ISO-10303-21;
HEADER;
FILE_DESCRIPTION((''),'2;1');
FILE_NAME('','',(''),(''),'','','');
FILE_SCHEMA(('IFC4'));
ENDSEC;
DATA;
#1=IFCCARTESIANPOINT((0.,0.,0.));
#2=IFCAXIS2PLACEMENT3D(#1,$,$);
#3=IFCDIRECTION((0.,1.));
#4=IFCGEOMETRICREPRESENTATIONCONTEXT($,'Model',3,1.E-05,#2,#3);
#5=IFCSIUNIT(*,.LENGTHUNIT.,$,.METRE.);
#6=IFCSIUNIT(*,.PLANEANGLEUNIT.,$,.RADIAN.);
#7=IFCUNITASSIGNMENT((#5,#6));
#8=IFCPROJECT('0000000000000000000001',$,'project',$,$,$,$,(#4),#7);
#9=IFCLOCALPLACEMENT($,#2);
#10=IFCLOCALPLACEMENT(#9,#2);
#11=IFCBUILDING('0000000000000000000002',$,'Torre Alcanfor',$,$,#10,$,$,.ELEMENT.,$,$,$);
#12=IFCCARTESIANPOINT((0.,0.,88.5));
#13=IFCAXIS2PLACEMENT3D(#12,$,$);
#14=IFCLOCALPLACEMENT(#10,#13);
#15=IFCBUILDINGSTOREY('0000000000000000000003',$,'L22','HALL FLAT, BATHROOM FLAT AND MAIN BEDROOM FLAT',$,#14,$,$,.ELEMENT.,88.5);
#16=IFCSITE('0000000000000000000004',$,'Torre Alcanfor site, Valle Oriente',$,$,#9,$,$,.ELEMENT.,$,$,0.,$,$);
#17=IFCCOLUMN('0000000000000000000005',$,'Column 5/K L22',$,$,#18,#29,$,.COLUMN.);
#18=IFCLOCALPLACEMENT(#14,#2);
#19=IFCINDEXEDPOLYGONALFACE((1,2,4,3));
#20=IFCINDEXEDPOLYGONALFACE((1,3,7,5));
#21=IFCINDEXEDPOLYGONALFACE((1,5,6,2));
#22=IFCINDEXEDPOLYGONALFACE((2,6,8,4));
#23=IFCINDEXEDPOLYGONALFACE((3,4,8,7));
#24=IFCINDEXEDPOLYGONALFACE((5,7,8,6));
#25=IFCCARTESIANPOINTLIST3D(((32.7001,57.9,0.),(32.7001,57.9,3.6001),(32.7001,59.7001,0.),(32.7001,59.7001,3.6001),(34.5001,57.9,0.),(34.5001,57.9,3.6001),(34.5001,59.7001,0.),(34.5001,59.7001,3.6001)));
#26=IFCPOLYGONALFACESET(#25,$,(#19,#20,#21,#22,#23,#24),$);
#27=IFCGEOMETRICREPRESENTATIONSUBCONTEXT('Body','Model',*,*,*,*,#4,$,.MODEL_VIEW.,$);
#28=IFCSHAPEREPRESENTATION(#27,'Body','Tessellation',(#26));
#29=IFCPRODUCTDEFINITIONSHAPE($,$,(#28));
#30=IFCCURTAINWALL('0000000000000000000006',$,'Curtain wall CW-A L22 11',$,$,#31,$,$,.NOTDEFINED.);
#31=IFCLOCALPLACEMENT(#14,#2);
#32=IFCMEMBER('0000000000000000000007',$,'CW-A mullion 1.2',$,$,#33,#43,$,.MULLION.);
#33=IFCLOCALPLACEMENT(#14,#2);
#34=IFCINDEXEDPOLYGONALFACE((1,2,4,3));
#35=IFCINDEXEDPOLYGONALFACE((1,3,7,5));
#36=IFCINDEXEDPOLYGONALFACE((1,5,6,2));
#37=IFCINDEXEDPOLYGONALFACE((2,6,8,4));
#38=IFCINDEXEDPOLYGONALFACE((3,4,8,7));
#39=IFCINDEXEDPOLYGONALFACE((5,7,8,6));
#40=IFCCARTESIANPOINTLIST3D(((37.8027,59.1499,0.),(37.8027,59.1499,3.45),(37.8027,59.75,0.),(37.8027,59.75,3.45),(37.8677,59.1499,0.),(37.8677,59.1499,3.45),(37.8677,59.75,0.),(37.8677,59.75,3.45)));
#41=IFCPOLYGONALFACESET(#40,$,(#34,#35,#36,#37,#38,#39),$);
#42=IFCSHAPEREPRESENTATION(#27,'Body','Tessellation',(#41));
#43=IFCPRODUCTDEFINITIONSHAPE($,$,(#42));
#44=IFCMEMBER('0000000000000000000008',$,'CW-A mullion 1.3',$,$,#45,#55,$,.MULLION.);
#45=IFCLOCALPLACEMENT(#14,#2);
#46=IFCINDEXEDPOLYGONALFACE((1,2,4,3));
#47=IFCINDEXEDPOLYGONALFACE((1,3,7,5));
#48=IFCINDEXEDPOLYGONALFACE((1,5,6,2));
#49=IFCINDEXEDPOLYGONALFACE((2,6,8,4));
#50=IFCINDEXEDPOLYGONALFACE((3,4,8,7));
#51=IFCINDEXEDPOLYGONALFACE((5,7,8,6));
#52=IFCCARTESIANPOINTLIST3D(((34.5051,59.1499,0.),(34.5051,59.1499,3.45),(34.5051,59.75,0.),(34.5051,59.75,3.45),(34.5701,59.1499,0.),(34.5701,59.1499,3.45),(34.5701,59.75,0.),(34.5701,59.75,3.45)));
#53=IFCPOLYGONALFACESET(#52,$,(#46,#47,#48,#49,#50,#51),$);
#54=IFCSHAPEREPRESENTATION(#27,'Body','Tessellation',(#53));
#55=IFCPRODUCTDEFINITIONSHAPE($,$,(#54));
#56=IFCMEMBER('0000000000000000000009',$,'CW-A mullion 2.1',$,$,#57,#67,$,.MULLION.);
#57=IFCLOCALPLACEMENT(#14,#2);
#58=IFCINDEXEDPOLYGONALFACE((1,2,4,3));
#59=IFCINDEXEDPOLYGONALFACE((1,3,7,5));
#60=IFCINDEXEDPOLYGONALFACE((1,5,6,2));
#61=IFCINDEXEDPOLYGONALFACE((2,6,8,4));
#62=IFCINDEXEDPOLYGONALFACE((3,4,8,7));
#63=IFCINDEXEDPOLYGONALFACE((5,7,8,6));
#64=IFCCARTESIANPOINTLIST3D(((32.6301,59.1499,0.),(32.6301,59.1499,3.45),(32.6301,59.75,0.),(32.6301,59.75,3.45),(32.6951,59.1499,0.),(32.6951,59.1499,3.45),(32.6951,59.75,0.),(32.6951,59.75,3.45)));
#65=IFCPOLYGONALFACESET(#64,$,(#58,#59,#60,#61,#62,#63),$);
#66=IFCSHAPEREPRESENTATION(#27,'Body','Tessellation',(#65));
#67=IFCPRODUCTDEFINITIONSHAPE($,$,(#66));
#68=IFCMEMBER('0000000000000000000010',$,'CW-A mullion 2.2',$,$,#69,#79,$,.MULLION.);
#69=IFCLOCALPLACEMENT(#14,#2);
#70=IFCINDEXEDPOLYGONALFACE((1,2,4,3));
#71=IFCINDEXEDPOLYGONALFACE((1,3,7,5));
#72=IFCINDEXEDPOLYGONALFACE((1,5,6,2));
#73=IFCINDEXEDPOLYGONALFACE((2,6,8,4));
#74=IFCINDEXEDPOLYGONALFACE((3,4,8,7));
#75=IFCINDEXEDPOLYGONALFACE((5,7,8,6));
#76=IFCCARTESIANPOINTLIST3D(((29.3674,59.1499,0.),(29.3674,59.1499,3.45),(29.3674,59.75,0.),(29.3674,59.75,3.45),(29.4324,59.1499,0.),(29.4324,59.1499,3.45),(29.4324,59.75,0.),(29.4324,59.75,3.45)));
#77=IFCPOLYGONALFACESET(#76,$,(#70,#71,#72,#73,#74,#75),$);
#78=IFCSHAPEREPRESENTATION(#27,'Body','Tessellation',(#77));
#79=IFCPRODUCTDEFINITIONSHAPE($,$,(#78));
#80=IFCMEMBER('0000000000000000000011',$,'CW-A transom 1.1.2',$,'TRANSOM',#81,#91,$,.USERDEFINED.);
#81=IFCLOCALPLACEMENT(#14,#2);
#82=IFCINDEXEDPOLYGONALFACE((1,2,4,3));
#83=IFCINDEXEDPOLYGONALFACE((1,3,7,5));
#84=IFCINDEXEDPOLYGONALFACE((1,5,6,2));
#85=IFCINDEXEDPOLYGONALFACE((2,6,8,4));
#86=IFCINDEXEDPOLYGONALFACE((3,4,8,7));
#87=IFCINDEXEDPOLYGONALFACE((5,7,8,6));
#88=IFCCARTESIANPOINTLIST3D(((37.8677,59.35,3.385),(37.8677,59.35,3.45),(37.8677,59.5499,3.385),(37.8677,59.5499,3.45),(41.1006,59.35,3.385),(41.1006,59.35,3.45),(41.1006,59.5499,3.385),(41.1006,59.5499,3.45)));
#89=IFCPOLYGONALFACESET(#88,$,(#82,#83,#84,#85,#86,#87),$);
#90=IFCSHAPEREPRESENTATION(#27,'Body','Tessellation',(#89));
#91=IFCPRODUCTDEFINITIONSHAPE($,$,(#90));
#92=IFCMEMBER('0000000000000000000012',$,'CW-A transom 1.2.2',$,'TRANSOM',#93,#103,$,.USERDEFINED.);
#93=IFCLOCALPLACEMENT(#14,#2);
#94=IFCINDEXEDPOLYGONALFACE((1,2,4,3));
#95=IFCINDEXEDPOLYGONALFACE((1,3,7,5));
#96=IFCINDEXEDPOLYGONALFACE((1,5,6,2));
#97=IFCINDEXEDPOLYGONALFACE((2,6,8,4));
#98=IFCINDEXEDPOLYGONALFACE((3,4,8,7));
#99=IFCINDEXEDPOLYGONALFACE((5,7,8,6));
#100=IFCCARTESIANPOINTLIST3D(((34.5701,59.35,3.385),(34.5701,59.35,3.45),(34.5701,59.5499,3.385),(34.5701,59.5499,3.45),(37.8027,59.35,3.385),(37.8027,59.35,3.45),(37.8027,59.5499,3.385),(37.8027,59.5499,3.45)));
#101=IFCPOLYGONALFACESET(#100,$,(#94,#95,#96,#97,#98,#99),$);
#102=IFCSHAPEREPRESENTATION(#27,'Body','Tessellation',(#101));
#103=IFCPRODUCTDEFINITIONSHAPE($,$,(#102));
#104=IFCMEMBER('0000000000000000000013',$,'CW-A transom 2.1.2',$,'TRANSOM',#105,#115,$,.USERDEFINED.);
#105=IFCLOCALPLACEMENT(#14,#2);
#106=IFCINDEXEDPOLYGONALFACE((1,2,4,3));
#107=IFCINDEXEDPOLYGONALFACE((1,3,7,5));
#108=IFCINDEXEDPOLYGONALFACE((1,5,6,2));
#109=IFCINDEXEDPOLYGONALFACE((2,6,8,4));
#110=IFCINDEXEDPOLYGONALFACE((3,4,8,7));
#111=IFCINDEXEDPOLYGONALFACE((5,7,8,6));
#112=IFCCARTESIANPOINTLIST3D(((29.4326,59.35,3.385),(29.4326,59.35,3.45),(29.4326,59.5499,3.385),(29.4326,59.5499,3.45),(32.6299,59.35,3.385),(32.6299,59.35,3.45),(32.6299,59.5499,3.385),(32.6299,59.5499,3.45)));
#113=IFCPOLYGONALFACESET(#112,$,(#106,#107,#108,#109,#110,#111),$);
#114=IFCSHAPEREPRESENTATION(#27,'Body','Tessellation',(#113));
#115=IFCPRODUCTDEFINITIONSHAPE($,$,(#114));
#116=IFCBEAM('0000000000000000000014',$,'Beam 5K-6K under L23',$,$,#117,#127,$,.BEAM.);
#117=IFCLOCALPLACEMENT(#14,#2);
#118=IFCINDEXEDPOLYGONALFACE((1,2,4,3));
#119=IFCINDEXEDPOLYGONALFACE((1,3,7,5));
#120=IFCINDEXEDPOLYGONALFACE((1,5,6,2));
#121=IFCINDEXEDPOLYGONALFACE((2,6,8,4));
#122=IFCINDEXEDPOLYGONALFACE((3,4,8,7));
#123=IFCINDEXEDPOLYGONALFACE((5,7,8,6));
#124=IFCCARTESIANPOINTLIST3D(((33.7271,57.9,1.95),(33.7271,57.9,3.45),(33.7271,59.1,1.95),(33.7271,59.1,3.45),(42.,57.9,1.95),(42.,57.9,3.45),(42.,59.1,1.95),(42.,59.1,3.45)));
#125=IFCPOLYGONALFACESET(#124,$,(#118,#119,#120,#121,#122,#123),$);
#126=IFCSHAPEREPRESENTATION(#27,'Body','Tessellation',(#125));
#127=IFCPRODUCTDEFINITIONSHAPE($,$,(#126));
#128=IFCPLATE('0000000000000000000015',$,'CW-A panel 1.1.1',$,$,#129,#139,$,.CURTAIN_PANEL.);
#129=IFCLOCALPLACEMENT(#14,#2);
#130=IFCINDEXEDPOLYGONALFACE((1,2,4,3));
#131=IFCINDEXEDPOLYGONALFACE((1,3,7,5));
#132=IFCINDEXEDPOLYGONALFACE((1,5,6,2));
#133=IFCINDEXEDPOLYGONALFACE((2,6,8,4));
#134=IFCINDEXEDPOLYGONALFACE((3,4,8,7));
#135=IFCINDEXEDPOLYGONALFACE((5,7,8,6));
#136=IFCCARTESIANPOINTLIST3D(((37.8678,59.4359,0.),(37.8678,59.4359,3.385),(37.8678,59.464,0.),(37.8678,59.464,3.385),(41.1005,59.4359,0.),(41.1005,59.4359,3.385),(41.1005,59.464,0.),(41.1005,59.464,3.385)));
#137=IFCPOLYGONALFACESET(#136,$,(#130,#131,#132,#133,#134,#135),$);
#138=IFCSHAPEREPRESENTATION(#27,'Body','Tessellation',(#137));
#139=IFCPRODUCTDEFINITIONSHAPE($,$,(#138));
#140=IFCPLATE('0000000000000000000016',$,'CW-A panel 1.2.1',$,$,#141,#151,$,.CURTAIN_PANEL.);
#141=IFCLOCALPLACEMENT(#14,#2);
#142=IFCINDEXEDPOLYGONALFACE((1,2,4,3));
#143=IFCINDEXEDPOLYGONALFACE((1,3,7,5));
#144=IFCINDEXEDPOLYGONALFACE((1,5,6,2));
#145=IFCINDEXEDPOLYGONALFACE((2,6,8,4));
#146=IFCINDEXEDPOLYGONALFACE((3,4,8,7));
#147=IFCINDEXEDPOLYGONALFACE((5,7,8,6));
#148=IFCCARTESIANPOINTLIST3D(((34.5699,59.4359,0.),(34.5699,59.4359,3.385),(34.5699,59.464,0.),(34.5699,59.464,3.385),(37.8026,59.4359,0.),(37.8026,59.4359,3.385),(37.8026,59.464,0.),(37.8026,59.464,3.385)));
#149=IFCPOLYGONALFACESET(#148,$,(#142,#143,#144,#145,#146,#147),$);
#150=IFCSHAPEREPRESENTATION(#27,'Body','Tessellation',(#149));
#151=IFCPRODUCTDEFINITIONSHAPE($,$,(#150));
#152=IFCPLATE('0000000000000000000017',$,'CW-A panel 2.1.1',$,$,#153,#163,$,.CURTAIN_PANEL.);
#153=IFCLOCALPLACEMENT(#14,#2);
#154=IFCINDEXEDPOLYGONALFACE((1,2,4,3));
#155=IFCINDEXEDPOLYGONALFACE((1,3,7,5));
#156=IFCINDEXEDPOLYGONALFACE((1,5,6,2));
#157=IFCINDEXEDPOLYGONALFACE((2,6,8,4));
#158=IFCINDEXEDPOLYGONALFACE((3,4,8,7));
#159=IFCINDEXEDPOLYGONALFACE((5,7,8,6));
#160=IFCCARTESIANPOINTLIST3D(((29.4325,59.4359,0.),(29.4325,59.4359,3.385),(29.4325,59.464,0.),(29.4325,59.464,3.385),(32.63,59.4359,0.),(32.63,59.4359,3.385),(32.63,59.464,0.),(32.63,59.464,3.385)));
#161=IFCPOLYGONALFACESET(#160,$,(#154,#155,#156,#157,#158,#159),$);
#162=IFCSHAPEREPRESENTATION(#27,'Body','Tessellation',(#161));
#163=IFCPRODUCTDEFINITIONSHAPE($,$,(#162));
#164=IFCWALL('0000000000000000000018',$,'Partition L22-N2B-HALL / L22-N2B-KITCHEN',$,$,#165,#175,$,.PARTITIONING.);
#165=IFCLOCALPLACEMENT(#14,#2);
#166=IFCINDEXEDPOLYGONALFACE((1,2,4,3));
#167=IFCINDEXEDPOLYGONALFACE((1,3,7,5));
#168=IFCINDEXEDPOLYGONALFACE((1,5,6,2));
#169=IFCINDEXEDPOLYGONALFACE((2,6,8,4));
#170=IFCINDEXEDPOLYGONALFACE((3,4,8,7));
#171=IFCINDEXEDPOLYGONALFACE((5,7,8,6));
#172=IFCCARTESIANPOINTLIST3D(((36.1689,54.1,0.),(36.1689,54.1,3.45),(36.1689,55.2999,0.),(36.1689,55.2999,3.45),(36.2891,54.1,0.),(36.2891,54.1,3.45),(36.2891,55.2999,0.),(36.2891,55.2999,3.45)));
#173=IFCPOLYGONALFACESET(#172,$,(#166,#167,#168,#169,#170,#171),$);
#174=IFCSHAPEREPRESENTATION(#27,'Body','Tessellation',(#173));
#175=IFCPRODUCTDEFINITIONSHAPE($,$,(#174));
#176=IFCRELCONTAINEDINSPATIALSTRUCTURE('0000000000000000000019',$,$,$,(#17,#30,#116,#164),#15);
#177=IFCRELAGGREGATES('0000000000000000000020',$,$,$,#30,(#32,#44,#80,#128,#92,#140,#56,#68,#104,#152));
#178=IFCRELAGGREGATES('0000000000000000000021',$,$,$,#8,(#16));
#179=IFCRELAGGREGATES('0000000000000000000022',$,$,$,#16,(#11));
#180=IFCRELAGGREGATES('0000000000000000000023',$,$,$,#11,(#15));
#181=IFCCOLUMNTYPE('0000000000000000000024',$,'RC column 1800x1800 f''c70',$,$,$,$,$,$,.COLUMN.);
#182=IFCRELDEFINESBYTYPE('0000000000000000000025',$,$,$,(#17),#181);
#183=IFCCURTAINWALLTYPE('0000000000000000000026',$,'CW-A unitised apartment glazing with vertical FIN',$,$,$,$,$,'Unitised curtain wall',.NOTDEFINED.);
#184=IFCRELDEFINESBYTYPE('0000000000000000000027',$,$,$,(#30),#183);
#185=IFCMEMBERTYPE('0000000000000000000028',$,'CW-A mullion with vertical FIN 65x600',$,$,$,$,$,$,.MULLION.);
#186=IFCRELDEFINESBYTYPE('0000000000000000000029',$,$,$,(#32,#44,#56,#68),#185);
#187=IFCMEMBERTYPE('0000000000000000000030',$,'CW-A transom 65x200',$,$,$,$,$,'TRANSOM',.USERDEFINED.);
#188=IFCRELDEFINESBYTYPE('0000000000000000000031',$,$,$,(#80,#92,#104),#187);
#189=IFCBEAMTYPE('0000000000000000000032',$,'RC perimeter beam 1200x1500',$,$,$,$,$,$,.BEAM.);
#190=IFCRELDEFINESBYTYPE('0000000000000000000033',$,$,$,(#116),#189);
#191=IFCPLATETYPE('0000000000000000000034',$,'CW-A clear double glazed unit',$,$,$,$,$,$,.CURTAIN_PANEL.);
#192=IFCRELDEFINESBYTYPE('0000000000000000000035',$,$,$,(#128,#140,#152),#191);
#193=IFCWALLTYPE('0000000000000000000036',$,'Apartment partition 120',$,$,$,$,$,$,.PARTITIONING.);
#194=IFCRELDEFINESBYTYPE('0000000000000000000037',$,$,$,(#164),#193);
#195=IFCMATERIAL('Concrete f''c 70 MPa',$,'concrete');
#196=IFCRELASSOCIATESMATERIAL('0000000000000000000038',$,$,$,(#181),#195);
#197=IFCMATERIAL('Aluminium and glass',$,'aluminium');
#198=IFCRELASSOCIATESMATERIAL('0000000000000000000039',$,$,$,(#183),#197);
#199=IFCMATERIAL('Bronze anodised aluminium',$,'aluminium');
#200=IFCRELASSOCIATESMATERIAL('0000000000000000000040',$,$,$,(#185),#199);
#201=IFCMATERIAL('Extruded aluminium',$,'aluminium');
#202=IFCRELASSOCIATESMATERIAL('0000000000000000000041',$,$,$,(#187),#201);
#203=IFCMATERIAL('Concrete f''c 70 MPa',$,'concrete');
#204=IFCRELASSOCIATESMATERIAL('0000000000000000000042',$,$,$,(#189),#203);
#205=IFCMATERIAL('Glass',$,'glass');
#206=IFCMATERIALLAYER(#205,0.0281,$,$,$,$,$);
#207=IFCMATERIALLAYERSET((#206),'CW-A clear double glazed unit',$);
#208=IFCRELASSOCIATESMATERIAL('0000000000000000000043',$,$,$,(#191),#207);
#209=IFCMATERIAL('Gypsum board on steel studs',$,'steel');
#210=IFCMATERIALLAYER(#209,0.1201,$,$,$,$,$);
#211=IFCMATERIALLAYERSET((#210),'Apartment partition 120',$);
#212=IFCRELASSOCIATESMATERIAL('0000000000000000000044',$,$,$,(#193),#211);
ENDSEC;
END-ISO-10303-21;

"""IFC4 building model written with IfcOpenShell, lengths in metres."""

from ifc_helpers import new_model, si_unit, direction, frame, frame_2d, origin, origin_2d, place, context, subcontext, project, spatial, rectangle, extrude, material, layer, layer_set, material_profile, profile_set, type_object, element, aggregate, save


model = new_model("IFC4")

# Units and contexts
model_context = context("Model", 3, precision=1e-05, world=origin(), true_north=direction((0.0, 1.0)))
body_context = subcontext(model_context, "Body", "Model", "MODEL_VIEW")
ifc_project = project(units=[si_unit("LENGTHUNIT", "METRE"), si_unit("PLANEANGLEUNIT", "RADIAN")], contexts=[model_context])

# Site, building, storey
site_placement = place(None, origin())
site = spatial("IfcSite", under=ifc_project, at=site_placement, Name="Torre Alcanfor site, Valle Oriente", CompositionType="ELEMENT", RefElevation=0.0)
building_placement = place(site_placement, origin())
building = spatial("IfcBuilding", under=site, at=building_placement, Name="Torre Alcanfor", CompositionType="ELEMENT")
storey_placement = place(building_placement, frame((0.0, 0.0, 88.5)))
storey = spatial("IfcBuildingStorey", under=building, at=storey_placement, Name="L22", Description="HALL FLAT, BATHROOM FLAT AND MAIN BEDROOM FLAT", CompositionType="ELEMENT", Elevation=88.5)

# Column
ifc_material_1 = material(Name="Concrete f'c 70 MPa", Category="concrete")
ifc_material_profile_1 = material_profile(ifc_material_1, rectangle(XDim=1.8, YDim=1.8, at=origin_2d()), Name="1800x1800")
ifc_profile_set_1 = profile_set([ifc_material_profile_1], Name="Concrete f'c 70 MPa")
column_type = type_object("IfcColumnType", Name="RC column 1800x1800 f'c70", PredefinedType="COLUMN", material=ifc_profile_set_1)
column_placement = place(storey_placement, frame((33.6001, 58.8, 0.0), z_axis=(0.0, 0.0, 1.0), x_axis=(1.0, 0.0, 0.0)))
element("IfcColumn", 1, at=column_placement, inside=storey, type_object=column_type, Name="Column 5/K L22", PredefinedType="COLUMN", context=body_context, shape_type="SweptSolid", body=[
    extrude(rectangle(XDim=1.8, YDim=1.8, at=origin_2d()), origin(), (0.0, 0.0, 1.0), 3.6001),
])

# Curtain wall, members
ifc_material_2 = material(Name="Aluminium and glass", Category="aluminium")
curtain_wall_type = type_object("IfcCurtainWallType", Name="CW-A unitised apartment glazing with vertical FIN", ElementType="Unitised curtain wall", PredefinedType="NOTDEFINED", material=ifc_material_2)
curtain_wall_placement = place(storey_placement, origin())
curtain_wall = element("IfcCurtainWall", 2, at=curtain_wall_placement, inside=storey, type_object=curtain_wall_type, Name="Curtain wall CW-A L22 11", PredefinedType="NOTDEFINED")
ifc_material_3 = material(Name="Bronze anodised aluminium", Category="aluminium")
ifc_material_profile_2 = material_profile(ifc_material_3, rectangle(XDim=0.6001, YDim=0.0649, at=origin_2d()), Name="CW-A mullion 65x600")
ifc_profile_set_2 = profile_set([ifc_material_profile_2], Name="Bronze anodised aluminium")
member_type_1 = type_object("IfcMemberType", Name="CW-A mullion with vertical FIN 65x600", PredefinedType="MULLION", material=ifc_profile_set_2)
member_1_placement = place(storey_placement, frame((37.8352, 59.45, 0.0), z_axis=(0.0, 0.0, 1.0), x_axis=(0.0, -1.0, 0.0)))
member_1 = element("IfcMember", 3, at=member_1_placement, type_object=member_type_1, Name="CW-A mullion 1.2", PredefinedType="MULLION", context=body_context, shape_type="SweptSolid", body=[
    extrude(rectangle(XDim=0.6001, YDim=0.0649, at=origin_2d()), origin(), (0.0, 0.0, 1.0), 3.45),
])
member_2_placement = place(storey_placement, frame((34.5376, 59.45, 0.0), z_axis=(0.0, 0.0, 1.0), x_axis=(0.0, -1.0, 0.0)))
member_2 = element("IfcMember", 4, at=member_2_placement, type_object=member_type_1, Name="CW-A mullion 1.3", PredefinedType="MULLION", context=body_context, shape_type="SweptSolid", body=[
    extrude(rectangle(XDim=0.6001, YDim=0.0649, at=origin_2d()), origin(), (0.0, 0.0, 1.0), 3.45),
])
member_3_placement = place(storey_placement, frame((32.6626, 59.45, 0.0), z_axis=(0.0, 0.0, 1.0), x_axis=(0.0, -1.0, 0.0)))
member_3 = element("IfcMember", 5, at=member_3_placement, type_object=member_type_1, Name="CW-A mullion 2.1", PredefinedType="MULLION", context=body_context, shape_type="SweptSolid", body=[
    extrude(rectangle(XDim=0.6001, YDim=0.0649, at=origin_2d()), origin(), (0.0, 0.0, 1.0), 3.45),
])
member_4_placement = place(storey_placement, frame((29.3999, 59.45, 0.0), z_axis=(0.0, 0.0, 1.0), x_axis=(0.0, -1.0, 0.0)))
member_4 = element("IfcMember", 6, at=member_4_placement, type_object=member_type_1, Name="CW-A mullion 2.2", PredefinedType="MULLION", context=body_context, shape_type="SweptSolid", body=[
    extrude(rectangle(XDim=0.6001, YDim=0.0649, at=origin_2d()), origin(), (0.0, 0.0, 1.0), 3.45),
])
ifc_material_4 = material(Name="Extruded aluminium", Category="aluminium")
ifc_material_profile_3 = material_profile(ifc_material_4, rectangle(XDim=0.2, YDim=0.0649, at=origin_2d()), Name="CW-A transom 200x65")
ifc_profile_set_3 = profile_set([ifc_material_profile_3], Name="Extruded aluminium")
member_type_2 = type_object("IfcMemberType", Name="CW-A transom 65x200", ElementType="TRANSOM", PredefinedType="USERDEFINED", material=ifc_profile_set_3)
member_5_placement = place(storey_placement, frame((41.1006, 59.45, 3.4175), z_axis=(-1.0, 0.0, 0.0), x_axis=(0.0, -1.0, 0.0)))
member_5 = element("IfcMember", 7, at=member_5_placement, type_object=member_type_2, Name="CW-A transom 1.1.2", ObjectType="TRANSOM", PredefinedType="USERDEFINED", context=body_context, shape_type="SweptSolid", body=[
    extrude(rectangle(XDim=0.2, YDim=0.0649, at=origin_2d()), origin(), (0.0, 0.0, 1.0), 3.2329),
])
member_6_placement = place(storey_placement, frame((37.8027, 59.45, 3.4175), z_axis=(-1.0, 0.0, 0.0), x_axis=(0.0, -1.0, 0.0)))
member_6 = element("IfcMember", 8, at=member_6_placement, type_object=member_type_2, Name="CW-A transom 1.2.2", ObjectType="TRANSOM", PredefinedType="USERDEFINED", context=body_context, shape_type="SweptSolid", body=[
    extrude(rectangle(XDim=0.2, YDim=0.0649, at=origin_2d()), origin(), (0.0, 0.0, 1.0), 3.2327),
])
member_7_placement = place(storey_placement, frame((32.6299, 59.45, 3.4175), z_axis=(-1.0, 0.0, 0.0), x_axis=(0.0, -1.0, 0.0)))
member_7 = element("IfcMember", 9, at=member_7_placement, type_object=member_type_2, Name="CW-A transom 2.1.2", ObjectType="TRANSOM", PredefinedType="USERDEFINED", context=body_context, shape_type="SweptSolid", body=[
    extrude(rectangle(XDim=0.2, YDim=0.0649, at=origin_2d()), origin(), (0.0, 0.0, 1.0), 3.1973),
])

# Beam
ifc_material_5 = material(Name="Concrete f'c 70 MPa", Category="concrete")
ifc_material_profile_4 = material_profile(ifc_material_5, rectangle(XDim=1.2, YDim=1.5, at=origin_2d()), Name="1200x1500")
ifc_profile_set_4 = profile_set([ifc_material_profile_4], Name="Concrete f'c 70 MPa")
beam_type = type_object("IfcBeamType", Name="RC perimeter beam 1200x1500", PredefinedType="BEAM", material=ifc_profile_set_4)
beam_placement = place(storey_placement, frame((33.7271, 58.5, 2.7), z_axis=(1.0, 0.0, 0.0), x_axis=(0.0, 1.0, 0.0)))
element("IfcBeam", 10, at=beam_placement, inside=storey, type_object=beam_type, Name="Beam 5K-6K under L23", PredefinedType="BEAM", context=body_context, shape_type="SweptSolid", body=[
    extrude(rectangle(XDim=1.2, YDim=1.5, at=origin_2d()), origin(), (0.0, 0.0, 1.0), 8.2729),
])

# Plates
ifc_material_6 = material(Name="Glass", Category="glass")
ifc_layer_1 = layer(ifc_material_6, 0.0281)
ifc_layer_set_1 = layer_set([ifc_layer_1], Name="CW-A clear double glazed unit")
plate_type = type_object("IfcPlateType", Name="CW-A clear double glazed unit", PredefinedType="CURTAIN_PANEL", material=ifc_layer_set_1)
plate_1_placement = place(storey_placement, frame((39.4841, 59.45, 0.0), z_axis=(0.0, 0.0, 1.0), x_axis=(-1.0, 0.0, 0.0)))
plate_1 = element("IfcPlate", 11, at=plate_1_placement, type_object=plate_type, Name="CW-A panel 1.1.1", PredefinedType="CURTAIN_PANEL", context=body_context, shape_type="SweptSolid", body=[
    extrude(rectangle(XDim=3.2327, YDim=0.0281, at=origin_2d()), origin(), (0.0, 0.0, 1.0), 3.385),
])
plate_2_placement = place(storey_placement, frame((36.1863, 59.45, 0.0), z_axis=(0.0, 0.0, 1.0), x_axis=(-1.0, 0.0, 0.0)))
plate_2 = element("IfcPlate", 12, at=plate_2_placement, type_object=plate_type, Name="CW-A panel 1.2.1", PredefinedType="CURTAIN_PANEL", context=body_context, shape_type="SweptSolid", body=[
    extrude(rectangle(XDim=3.2327, YDim=0.0281, at=origin_2d()), origin(), (0.0, 0.0, 1.0), 3.385),
])
plate_3_placement = place(storey_placement, frame((31.0312, 59.45, 0.0), z_axis=(0.0, 0.0, 1.0), x_axis=(-1.0, 0.0, 0.0)))
plate_3 = element("IfcPlate", 13, at=plate_3_placement, type_object=plate_type, Name="CW-A panel 2.1.1", PredefinedType="CURTAIN_PANEL", context=body_context, shape_type="SweptSolid", body=[
    extrude(rectangle(XDim=3.1975, YDim=0.0281, at=origin_2d()), origin(), (0.0, 0.0, 1.0), 3.385),
])
aggregate(curtain_wall, [member_1, member_2, member_5, plate_1, member_6, plate_2, member_3, member_4, member_7, plate_3])

# Wall
ifc_material_7 = material(Name="Gypsum board on steel studs", Category="steel")
ifc_layer_2 = layer(ifc_material_7, 0.1201)
ifc_layer_set_2 = layer_set([ifc_layer_2], Name="Apartment partition 120")
wall_type_1 = type_object("IfcWallType", Name="Apartment partition 120", PredefinedType="PARTITIONING", material=ifc_layer_set_2)
wall_1_placement = place(storey_placement, frame((36.229, 55.3, 0.0), z_axis=(0.0, 0.0, 1.0), x_axis=(0.0, -1.0, 0.0)))
element("IfcWall", 14, at=wall_1_placement, inside=storey, type_object=wall_type_1, Name="Partition L22-N2B-HALL / L22-N2B-KITCHEN", PredefinedType="PARTITIONING", context=body_context, shape_type="SweptSolid", body=[
    extrude(rectangle(XDim=1.2, YDim=0.1201, at=frame_2d((0.6001, 0.0))), origin(), (0.0, 0.0, 1.0), 3.45),
])

save(model, "model.ifc")
